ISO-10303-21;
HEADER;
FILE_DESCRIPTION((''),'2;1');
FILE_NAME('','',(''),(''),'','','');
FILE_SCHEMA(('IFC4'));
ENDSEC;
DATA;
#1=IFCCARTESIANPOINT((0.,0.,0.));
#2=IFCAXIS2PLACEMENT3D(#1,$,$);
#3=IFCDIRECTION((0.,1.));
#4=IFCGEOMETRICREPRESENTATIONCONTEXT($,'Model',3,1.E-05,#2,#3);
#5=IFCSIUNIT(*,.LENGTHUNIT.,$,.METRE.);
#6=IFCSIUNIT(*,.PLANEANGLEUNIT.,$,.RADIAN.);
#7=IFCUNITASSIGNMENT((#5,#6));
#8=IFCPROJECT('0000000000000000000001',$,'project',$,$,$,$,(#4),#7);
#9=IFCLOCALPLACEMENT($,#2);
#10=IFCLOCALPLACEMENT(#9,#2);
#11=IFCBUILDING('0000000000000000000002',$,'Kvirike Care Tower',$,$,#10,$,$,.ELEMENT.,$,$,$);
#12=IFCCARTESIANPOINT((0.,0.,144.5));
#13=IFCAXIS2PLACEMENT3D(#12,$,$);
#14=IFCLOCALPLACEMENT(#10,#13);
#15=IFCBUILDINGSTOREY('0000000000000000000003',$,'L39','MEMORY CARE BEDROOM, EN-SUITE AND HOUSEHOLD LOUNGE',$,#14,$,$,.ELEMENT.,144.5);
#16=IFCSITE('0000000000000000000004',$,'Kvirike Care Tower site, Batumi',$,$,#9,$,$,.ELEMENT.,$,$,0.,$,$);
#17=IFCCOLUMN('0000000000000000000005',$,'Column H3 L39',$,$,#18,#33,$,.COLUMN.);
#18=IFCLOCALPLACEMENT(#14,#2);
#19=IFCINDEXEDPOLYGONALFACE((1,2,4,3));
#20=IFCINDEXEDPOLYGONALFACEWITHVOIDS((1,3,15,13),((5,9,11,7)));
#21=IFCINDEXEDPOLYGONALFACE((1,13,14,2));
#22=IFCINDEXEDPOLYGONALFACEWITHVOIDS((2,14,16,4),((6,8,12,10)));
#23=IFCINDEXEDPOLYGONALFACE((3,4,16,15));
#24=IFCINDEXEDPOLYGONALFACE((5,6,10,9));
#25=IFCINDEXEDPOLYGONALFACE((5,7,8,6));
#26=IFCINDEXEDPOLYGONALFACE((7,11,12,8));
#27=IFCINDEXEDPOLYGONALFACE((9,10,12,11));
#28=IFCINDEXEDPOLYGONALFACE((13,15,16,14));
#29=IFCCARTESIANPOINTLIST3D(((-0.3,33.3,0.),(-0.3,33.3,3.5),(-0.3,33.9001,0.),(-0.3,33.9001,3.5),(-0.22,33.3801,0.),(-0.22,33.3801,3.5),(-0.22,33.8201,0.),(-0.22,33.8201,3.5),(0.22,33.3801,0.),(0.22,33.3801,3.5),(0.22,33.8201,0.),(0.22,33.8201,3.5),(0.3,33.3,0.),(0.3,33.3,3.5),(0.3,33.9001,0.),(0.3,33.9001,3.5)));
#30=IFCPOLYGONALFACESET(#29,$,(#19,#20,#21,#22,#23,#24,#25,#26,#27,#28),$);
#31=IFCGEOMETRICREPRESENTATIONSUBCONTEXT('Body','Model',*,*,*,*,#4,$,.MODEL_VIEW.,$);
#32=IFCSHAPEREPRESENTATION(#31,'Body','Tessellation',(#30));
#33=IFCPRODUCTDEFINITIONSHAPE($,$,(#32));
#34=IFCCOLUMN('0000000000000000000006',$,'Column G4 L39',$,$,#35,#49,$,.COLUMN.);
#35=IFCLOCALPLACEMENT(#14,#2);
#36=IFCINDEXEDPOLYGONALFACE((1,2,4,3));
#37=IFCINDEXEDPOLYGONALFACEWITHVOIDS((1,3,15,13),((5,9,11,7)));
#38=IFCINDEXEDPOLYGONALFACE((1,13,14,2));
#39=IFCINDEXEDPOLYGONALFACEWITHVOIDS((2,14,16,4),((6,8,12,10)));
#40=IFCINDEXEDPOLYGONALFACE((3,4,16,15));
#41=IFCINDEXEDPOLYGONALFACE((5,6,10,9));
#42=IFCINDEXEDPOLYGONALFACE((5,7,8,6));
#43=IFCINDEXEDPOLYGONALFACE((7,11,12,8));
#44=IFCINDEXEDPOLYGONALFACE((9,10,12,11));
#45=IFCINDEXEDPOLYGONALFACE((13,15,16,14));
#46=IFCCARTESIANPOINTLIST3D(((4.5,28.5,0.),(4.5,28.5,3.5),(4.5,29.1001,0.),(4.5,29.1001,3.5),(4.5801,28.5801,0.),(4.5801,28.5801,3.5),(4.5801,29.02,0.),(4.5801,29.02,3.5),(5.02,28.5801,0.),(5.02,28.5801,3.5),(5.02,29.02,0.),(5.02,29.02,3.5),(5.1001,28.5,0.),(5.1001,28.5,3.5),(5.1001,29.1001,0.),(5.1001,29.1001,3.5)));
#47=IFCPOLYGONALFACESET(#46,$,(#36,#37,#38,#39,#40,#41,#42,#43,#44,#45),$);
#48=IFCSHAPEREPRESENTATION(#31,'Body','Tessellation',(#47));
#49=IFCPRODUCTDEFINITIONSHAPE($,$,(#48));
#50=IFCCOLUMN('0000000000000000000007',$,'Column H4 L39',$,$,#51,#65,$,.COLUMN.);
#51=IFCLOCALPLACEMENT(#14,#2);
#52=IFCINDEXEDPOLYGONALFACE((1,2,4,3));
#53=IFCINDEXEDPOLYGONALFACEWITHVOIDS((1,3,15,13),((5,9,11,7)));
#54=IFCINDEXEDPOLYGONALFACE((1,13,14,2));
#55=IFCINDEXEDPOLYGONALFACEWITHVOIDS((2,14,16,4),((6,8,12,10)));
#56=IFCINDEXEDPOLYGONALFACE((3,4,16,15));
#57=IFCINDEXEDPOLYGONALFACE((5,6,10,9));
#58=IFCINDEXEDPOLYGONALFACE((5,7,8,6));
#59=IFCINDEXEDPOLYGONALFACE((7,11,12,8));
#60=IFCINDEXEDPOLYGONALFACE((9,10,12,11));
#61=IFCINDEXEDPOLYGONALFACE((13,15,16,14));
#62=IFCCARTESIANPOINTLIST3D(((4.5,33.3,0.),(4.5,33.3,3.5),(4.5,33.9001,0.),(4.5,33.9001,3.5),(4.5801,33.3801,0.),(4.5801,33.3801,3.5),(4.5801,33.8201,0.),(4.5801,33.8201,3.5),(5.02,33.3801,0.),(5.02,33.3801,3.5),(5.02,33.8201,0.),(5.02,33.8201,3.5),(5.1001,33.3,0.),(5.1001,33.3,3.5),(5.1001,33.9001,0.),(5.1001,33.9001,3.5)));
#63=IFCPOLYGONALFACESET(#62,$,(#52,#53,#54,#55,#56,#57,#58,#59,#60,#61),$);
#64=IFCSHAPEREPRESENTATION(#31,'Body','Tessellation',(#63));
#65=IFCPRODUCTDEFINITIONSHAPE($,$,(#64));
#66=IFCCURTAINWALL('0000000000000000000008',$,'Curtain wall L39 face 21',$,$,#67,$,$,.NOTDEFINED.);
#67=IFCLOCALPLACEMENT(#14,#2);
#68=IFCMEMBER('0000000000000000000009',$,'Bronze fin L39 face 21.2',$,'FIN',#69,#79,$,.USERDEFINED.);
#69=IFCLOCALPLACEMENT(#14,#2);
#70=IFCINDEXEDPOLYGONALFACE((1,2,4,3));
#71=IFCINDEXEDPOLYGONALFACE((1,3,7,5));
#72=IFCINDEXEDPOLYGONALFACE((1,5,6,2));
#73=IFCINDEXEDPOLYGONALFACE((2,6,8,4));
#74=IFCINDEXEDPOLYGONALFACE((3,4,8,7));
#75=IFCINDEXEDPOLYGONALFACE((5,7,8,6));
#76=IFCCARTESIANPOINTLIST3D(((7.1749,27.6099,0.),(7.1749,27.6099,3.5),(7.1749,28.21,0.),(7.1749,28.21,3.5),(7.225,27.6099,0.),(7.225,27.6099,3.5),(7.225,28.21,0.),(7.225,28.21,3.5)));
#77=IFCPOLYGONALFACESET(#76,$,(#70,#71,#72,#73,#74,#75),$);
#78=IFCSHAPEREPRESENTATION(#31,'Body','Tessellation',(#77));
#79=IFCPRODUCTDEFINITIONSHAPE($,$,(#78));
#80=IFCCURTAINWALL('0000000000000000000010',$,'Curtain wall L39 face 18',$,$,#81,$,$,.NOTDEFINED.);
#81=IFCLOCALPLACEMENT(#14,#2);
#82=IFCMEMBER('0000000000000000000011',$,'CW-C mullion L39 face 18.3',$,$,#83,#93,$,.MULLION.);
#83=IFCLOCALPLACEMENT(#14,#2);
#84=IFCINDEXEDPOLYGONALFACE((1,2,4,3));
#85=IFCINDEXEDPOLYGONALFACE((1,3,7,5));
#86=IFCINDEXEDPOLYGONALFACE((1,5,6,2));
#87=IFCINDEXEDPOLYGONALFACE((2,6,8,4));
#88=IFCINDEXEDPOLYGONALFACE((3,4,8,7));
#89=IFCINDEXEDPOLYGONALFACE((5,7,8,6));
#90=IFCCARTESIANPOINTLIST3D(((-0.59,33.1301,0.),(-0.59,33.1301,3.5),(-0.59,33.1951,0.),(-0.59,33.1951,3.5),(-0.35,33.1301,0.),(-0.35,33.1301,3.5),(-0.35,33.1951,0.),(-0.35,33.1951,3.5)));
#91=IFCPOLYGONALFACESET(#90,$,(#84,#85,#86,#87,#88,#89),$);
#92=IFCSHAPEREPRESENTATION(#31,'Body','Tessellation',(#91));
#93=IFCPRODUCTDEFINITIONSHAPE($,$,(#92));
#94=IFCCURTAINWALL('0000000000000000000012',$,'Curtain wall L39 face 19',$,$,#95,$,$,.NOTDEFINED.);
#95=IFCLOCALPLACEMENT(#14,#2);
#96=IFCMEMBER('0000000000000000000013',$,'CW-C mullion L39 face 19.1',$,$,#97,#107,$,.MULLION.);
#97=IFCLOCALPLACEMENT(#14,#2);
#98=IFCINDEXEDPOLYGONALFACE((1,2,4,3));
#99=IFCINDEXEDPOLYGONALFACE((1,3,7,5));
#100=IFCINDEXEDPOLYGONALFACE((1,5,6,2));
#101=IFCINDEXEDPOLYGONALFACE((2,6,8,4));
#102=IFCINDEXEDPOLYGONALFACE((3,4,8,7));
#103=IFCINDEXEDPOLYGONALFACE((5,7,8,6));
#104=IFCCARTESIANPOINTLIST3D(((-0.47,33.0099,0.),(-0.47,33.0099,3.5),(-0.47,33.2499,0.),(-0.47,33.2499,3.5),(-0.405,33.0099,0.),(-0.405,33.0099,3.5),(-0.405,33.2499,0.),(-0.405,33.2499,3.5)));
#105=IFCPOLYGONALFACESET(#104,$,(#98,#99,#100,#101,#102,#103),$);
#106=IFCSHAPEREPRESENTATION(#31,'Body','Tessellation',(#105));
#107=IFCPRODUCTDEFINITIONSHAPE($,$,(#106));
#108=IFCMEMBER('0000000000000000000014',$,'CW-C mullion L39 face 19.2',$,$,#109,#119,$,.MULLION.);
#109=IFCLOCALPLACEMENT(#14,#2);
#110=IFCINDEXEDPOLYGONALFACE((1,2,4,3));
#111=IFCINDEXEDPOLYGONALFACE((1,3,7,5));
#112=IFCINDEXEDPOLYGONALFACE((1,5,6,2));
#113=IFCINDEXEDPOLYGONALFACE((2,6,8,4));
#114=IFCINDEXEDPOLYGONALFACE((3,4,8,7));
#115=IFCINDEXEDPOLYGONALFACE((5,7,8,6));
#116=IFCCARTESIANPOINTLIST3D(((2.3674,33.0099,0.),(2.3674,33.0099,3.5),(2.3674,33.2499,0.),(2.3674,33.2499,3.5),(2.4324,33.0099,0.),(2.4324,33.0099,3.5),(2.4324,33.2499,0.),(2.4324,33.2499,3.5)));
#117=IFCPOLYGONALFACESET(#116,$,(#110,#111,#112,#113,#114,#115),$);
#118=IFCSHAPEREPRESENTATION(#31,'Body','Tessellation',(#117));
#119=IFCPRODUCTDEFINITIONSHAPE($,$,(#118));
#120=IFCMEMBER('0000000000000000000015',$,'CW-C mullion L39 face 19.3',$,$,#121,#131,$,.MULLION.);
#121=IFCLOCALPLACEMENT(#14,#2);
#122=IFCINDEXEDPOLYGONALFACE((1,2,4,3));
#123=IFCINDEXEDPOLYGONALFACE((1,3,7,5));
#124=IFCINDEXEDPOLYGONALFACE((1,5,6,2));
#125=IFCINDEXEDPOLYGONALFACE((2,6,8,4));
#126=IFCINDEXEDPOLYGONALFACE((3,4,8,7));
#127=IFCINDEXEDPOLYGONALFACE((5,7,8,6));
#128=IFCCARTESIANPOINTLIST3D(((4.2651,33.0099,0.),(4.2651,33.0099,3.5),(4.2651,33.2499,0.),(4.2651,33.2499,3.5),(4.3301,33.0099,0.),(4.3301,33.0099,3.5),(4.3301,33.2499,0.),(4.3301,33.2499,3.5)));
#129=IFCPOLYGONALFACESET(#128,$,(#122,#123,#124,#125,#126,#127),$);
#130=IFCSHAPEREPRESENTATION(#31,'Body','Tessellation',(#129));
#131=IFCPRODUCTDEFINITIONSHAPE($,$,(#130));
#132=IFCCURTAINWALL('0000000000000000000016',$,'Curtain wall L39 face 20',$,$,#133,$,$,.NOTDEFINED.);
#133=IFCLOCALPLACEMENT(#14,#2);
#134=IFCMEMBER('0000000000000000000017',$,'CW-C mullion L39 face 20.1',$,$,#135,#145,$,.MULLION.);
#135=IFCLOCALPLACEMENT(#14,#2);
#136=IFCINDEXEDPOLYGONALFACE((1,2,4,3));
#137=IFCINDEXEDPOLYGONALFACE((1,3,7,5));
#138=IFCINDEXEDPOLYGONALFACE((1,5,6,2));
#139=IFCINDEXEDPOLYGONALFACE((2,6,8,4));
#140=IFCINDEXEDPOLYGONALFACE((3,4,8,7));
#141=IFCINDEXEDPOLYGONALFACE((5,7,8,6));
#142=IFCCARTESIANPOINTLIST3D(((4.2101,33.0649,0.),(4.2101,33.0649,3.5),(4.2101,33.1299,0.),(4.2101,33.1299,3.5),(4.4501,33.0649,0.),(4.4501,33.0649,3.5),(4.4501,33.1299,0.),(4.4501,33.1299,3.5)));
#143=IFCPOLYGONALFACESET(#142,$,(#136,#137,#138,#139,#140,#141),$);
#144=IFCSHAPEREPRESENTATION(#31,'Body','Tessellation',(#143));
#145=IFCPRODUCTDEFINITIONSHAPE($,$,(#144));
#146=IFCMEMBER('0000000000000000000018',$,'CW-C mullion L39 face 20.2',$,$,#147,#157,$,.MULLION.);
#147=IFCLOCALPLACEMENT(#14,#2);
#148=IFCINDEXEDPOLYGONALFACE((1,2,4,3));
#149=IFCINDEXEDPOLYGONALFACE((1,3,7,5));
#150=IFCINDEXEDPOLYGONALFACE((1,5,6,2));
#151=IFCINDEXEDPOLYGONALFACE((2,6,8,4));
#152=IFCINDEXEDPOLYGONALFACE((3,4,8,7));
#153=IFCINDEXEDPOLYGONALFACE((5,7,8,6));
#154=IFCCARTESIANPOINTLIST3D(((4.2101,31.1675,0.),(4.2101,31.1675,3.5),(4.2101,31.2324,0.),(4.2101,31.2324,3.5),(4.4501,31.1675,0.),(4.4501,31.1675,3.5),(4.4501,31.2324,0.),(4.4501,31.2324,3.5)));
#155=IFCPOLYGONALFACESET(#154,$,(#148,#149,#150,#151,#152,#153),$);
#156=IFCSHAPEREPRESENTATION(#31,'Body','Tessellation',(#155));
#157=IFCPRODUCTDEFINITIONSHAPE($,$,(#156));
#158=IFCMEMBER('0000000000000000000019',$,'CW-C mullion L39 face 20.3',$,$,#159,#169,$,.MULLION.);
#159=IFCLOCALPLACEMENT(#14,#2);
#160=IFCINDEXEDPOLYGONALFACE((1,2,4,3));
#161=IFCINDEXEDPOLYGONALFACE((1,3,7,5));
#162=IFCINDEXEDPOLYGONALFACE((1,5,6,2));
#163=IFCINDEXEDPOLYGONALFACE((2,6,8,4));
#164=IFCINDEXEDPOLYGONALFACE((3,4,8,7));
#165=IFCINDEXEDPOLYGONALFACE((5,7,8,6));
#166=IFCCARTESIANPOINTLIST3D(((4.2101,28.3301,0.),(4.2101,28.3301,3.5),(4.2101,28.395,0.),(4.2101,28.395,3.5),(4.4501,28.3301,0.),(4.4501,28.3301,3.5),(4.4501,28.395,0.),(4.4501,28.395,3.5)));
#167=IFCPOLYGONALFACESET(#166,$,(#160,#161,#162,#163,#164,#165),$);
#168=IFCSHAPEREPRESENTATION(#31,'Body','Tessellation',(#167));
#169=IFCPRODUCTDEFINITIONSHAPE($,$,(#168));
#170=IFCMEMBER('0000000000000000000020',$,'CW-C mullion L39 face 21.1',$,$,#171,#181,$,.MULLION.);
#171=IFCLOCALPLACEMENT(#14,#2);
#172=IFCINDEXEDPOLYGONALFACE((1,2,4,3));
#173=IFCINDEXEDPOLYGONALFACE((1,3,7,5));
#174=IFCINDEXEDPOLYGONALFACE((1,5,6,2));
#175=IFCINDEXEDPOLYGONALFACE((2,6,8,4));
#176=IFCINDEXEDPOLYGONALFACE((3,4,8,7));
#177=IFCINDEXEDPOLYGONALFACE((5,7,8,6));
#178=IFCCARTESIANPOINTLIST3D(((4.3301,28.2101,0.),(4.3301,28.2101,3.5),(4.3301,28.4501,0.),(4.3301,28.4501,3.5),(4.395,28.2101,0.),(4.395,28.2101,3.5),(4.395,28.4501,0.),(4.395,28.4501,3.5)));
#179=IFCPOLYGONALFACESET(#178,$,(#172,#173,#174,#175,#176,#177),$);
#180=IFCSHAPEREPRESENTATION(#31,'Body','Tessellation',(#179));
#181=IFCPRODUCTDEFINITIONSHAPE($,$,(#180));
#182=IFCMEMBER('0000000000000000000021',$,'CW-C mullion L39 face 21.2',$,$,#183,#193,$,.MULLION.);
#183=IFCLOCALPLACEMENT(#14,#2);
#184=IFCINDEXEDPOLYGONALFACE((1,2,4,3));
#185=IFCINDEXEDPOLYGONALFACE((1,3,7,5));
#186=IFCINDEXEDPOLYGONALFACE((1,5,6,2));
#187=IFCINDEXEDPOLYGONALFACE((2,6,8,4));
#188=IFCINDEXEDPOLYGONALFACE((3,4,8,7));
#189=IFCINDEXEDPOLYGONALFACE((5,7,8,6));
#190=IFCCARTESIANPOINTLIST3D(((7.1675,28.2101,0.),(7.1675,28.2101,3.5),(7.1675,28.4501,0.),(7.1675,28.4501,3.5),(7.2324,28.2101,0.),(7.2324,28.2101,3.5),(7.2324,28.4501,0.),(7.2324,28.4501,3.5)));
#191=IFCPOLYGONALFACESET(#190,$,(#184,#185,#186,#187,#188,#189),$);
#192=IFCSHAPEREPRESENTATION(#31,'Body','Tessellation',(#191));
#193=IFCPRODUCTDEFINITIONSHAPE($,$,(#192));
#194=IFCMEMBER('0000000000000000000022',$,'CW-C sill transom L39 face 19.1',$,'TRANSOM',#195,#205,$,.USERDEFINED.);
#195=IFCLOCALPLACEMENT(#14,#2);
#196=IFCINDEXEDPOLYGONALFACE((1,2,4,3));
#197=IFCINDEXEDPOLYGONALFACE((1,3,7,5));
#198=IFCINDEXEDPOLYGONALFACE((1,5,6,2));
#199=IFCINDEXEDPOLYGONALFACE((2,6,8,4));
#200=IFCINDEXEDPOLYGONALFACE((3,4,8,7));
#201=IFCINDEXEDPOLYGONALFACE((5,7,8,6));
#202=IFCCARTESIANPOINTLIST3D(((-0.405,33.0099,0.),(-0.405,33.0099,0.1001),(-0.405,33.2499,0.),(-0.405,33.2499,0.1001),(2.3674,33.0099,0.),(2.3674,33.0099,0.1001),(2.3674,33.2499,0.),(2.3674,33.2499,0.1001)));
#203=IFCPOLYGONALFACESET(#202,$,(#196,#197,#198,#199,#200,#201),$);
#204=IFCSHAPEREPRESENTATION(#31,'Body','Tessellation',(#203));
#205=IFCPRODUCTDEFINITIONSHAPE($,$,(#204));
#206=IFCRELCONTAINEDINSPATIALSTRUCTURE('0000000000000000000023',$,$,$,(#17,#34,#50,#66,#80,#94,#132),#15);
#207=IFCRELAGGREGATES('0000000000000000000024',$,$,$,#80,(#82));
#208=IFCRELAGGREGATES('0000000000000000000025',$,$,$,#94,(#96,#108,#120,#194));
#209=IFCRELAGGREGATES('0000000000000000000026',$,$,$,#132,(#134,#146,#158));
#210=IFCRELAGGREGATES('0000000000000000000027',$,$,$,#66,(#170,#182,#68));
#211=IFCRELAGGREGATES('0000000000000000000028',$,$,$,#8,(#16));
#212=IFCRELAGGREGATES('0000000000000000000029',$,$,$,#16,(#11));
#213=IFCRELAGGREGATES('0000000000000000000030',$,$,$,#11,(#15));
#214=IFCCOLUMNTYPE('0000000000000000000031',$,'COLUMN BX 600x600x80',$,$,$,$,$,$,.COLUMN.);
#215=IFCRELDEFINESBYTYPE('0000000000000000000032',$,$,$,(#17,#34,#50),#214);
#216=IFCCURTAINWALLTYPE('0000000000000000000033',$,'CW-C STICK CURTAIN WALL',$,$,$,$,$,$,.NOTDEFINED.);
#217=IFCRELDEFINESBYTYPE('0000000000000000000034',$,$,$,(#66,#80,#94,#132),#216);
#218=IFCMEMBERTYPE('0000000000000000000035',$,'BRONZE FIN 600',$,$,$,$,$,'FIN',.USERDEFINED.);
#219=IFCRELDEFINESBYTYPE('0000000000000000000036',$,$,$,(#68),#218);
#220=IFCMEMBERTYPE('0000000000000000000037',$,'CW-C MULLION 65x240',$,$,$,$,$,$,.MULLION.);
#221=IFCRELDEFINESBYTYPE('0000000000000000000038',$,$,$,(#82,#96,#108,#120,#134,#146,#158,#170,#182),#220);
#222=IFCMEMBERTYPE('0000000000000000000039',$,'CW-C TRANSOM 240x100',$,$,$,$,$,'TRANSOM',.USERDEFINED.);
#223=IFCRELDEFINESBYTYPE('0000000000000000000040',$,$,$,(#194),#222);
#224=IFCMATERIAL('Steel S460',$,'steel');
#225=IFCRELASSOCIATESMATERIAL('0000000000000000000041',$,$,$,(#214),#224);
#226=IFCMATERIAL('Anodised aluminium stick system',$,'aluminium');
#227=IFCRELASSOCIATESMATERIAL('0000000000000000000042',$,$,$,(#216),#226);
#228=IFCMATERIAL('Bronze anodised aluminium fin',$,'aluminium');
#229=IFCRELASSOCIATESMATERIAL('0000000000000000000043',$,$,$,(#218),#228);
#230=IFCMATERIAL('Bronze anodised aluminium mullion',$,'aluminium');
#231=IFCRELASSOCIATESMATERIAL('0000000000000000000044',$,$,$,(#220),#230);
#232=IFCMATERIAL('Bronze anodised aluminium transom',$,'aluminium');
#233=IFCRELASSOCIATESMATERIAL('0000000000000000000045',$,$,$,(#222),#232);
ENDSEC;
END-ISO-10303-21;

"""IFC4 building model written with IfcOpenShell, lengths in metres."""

from ifc_helpers import new_model, si_unit, direction, frame, origin, origin_2d, place, context, subcontext, project, spatial, rectangle, hollow_rectangle, extrude, material, material_profile, profile_set, type_object, element, aggregate, save


model = new_model("IFC4")

# Units and contexts
model_context = context("Model", 3, precision=1e-05, world=origin(), true_north=direction((0.0, 1.0)))
body_context = subcontext(model_context, "Body", "Model", "MODEL_VIEW")
ifc_project = project(units=[si_unit("LENGTHUNIT", "METRE"), si_unit("PLANEANGLEUNIT", "RADIAN")], contexts=[model_context])

# Site, building, storey
site_placement = place(None, origin())
site = spatial("IfcSite", under=ifc_project, at=site_placement, Name="Kvirike Care Tower site, Batumi", CompositionType="ELEMENT", RefElevation=0.0)
building_placement = place(site_placement, origin())
building = spatial("IfcBuilding", under=site, at=building_placement, Name="Kvirike Care Tower", CompositionType="ELEMENT")
storey_placement = place(building_placement, frame((0.0, 0.0, 144.5)))
storey = spatial("IfcBuildingStorey", under=building, at=storey_placement, Name="L39", Description="MEMORY CARE BEDROOM, EN-SUITE AND HOUSEHOLD LOUNGE", CompositionType="ELEMENT", Elevation=144.5)

# Columns
ifc_material_1 = material(Name="Steel S460", Category="steel")
ifc_material_profile_1 = material_profile(ifc_material_1, hollow_rectangle(XDim=0.6001, YDim=0.6001, WallThickness=0.0801, at=origin_2d()), Name="BX 600x600x80")
ifc_profile_set_1 = profile_set([ifc_material_profile_1], Name="Steel S460")
column_type = type_object("IfcColumnType", Name="COLUMN BX 600x600x80", PredefinedType="COLUMN", material=ifc_profile_set_1)
for number, where, z_axis, x_axis, name in (
    (1, (0.0, 33.6001, 0.0), (0.0, 0.0, 1.0), (0.0, 1.0, 0.0), "Column H3 L39"),
    (2, (4.8, 28.8, 0.0), (0.0, 0.0, 1.0), (0.0, 1.0, 0.0), "Column G4 L39"),
    (3, (4.8, 33.6001, 0.0), (0.0, 0.0, 1.0), (0.0, 1.0, 0.0), "Column H4 L39"),
):
    element("IfcColumn", number, at=place(storey_placement, frame(where, z_axis=z_axis, x_axis=x_axis)), inside=storey, type_object=column_type, Name=name, PredefinedType="COLUMN", context=body_context, shape_type="SweptSolid", body=[
        extrude(hollow_rectangle(XDim=0.6001, YDim=0.6001, WallThickness=0.0801, at=origin_2d()), origin(), (0.0, 0.0, 1.0), 3.5),
    ])

# Curtain walls, members
ifc_material_2 = material(Name="Anodised aluminium stick system", Category="aluminium")
curtain_wall_type = type_object("IfcCurtainWallType", Name="CW-C STICK CURTAIN WALL", PredefinedType="NOTDEFINED", material=ifc_material_2)
curtain_wall_1_placement = place(storey_placement, origin())
curtain_wall_1 = element("IfcCurtainWall", 4, at=curtain_wall_1_placement, inside=storey, type_object=curtain_wall_type, Name="Curtain wall L39 face 21", PredefinedType="NOTDEFINED")
ifc_material_3 = material(Name="Bronze anodised aluminium fin", Category="aluminium")
ifc_material_profile_2 = material_profile(ifc_material_3, rectangle(XDim=0.05, YDim=0.6001, at=origin_2d()), Name="BRONZE FIN 600")
ifc_profile_set_2 = profile_set([ifc_material_profile_2], Name="Bronze anodised aluminium fin")
member_type_1 = type_object("IfcMemberType", Name="BRONZE FIN 600", ElementType="FIN", PredefinedType="USERDEFINED", material=ifc_profile_set_2)
member_1_placement = place(storey_placement, frame((7.2, 27.9099, 0.0), z_axis=(0.0, 0.0, 1.0), x_axis=(1.0, 0.0, 0.0)))
member_1 = element("IfcMember", 5, at=member_1_placement, type_object=member_type_1, Name="Bronze fin L39 face 21.2", ObjectType="FIN", PredefinedType="USERDEFINED", context=body_context, shape_type="SweptSolid", body=[
    extrude(rectangle(XDim=0.05, YDim=0.6001, at=origin_2d()), origin(), (0.0, 0.0, 1.0), 3.5),
])
curtain_wall_2_placement = place(storey_placement, origin())
curtain_wall_2 = element("IfcCurtainWall", 6, at=curtain_wall_2_placement, inside=storey, type_object=curtain_wall_type, Name="Curtain wall L39 face 18", PredefinedType="NOTDEFINED")
ifc_material_4 = material(Name="Bronze anodised aluminium mullion", Category="aluminium")
ifc_material_profile_3 = material_profile(ifc_material_4, rectangle(XDim=0.0649, YDim=0.24, at=origin_2d()), Name="CW-C MULLION 65x240")
ifc_profile_set_3 = profile_set([ifc_material_profile_3], Name="Bronze anodised aluminium mullion")
member_type_2 = type_object("IfcMemberType", Name="CW-C MULLION 65x240", PredefinedType="MULLION", material=ifc_profile_set_3)
member_2_placement = place(storey_placement, frame((-0.47, 33.1626, 0.0), z_axis=(0.0, 0.0, 1.0), x_axis=(0.0, -1.0, 0.0)))
member_2 = element("IfcMember", 7, at=member_2_placement, type_object=member_type_2, Name="CW-C mullion L39 face 18.3", PredefinedType="MULLION", context=body_context, shape_type="SweptSolid", body=[
    extrude(rectangle(XDim=0.0649, YDim=0.24, at=origin_2d()), origin(), (0.0, 0.0, 1.0), 3.5),
])
aggregate(curtain_wall_2, [member_2])

# Curtain walls, members
curtain_wall_3_placement = place(storey_placement, origin())
curtain_wall_3 = element("IfcCurtainWall", 8, at=curtain_wall_3_placement, inside=storey, type_object=curtain_wall_type, Name="Curtain wall L39 face 19", PredefinedType="NOTDEFINED")
member_3_placement = place(storey_placement, frame((-0.4375, 33.1299, 0.0), z_axis=(0.0, 0.0, 1.0), x_axis=(1.0, 0.0, 0.0)))
member_3 = element("IfcMember", 9, at=member_3_placement, type_object=member_type_2, Name="CW-C mullion L39 face 19.1", PredefinedType="MULLION", context=body_context, shape_type="SweptSolid", body=[
    extrude(rectangle(XDim=0.0649, YDim=0.24, at=origin_2d()), origin(), (0.0, 0.0, 1.0), 3.5),
])
member_4_placement = place(storey_placement, frame((2.3999, 33.1299, 0.0), z_axis=(0.0, 0.0, 1.0), x_axis=(1.0, 0.0, 0.0)))
member_4 = element("IfcMember", 10, at=member_4_placement, type_object=member_type_2, Name="CW-C mullion L39 face 19.2", PredefinedType="MULLION", context=body_context, shape_type="SweptSolid", body=[
    extrude(rectangle(XDim=0.0649, YDim=0.24, at=origin_2d()), origin(), (0.0, 0.0, 1.0), 3.5),
])
member_5_placement = place(storey_placement, frame((4.2976, 33.1299, 0.0), z_axis=(0.0, 0.0, 1.0), x_axis=(1.0, 0.0, 0.0)))
member_5 = element("IfcMember", 11, at=member_5_placement, type_object=member_type_2, Name="CW-C mullion L39 face 19.3", PredefinedType="MULLION", context=body_context, shape_type="SweptSolid", body=[
    extrude(rectangle(XDim=0.0649, YDim=0.24, at=origin_2d()), origin(), (0.0, 0.0, 1.0), 3.5),
])
curtain_wall_4_placement = place(storey_placement, origin())
curtain_wall_4 = element("IfcCurtainWall", 12, at=curtain_wall_4_placement, inside=storey, type_object=curtain_wall_type, Name="Curtain wall L39 face 20", PredefinedType="NOTDEFINED")
member_6_placement = place(storey_placement, frame((4.3301, 33.0974, 0.0), z_axis=(0.0, 0.0, 1.0), x_axis=(0.0, -1.0, 0.0)))
member_6 = element("IfcMember", 13, at=member_6_placement, type_object=member_type_2, Name="CW-C mullion L39 face 20.1", PredefinedType="MULLION", context=body_context, shape_type="SweptSolid", body=[
    extrude(rectangle(XDim=0.0649, YDim=0.24, at=origin_2d()), origin(), (0.0, 0.0, 1.0), 3.5),
])
member_7_placement = place(storey_placement, frame((4.3301, 31.2, 0.0), z_axis=(0.0, 0.0, 1.0), x_axis=(0.0, -1.0, 0.0)))
member_7 = element("IfcMember", 14, at=member_7_placement, type_object=member_type_2, Name="CW-C mullion L39 face 20.2", PredefinedType="MULLION", context=body_context, shape_type="SweptSolid", body=[
    extrude(rectangle(XDim=0.0649, YDim=0.24, at=origin_2d()), origin(), (0.0, 0.0, 1.0), 3.5),
])
member_8_placement = place(storey_placement, frame((4.3301, 28.3625, 0.0), z_axis=(0.0, 0.0, 1.0), x_axis=(0.0, -1.0, 0.0)))
member_8 = element("IfcMember", 15, at=member_8_placement, type_object=member_type_2, Name="CW-C mullion L39 face 20.3", PredefinedType="MULLION", context=body_context, shape_type="SweptSolid", body=[
    extrude(rectangle(XDim=0.0649, YDim=0.24, at=origin_2d()), origin(), (0.0, 0.0, 1.0), 3.5),
])

# Members
member_9_placement = place(storey_placement, frame((4.3625, 28.3301, 0.0), z_axis=(0.0, 0.0, 1.0), x_axis=(1.0, 0.0, 0.0)))
member_9 = element("IfcMember", 16, at=member_9_placement, type_object=member_type_2, Name="CW-C mullion L39 face 21.1", PredefinedType="MULLION", context=body_context, shape_type="SweptSolid", body=[
    extrude(rectangle(XDim=0.0649, YDim=0.24, at=origin_2d()), origin(), (0.0, 0.0, 1.0), 3.5),
])
member_10_placement = place(storey_placement, frame((7.2, 28.3301, 0.0), z_axis=(0.0, 0.0, 1.0), x_axis=(1.0, 0.0, 0.0)))
member_10 = element("IfcMember", 17, at=member_10_placement, type_object=member_type_2, Name="CW-C mullion L39 face 21.2", PredefinedType="MULLION", context=body_context, shape_type="SweptSolid", body=[
    extrude(rectangle(XDim=0.0649, YDim=0.24, at=origin_2d()), origin(), (0.0, 0.0, 1.0), 3.5),
])
ifc_material_5 = material(Name="Bronze anodised aluminium transom", Category="aluminium")
ifc_material_profile_4 = material_profile(ifc_material_5, rectangle(XDim=0.24, YDim=0.1001, at=origin_2d()), Name="CW-C TRANSOM 240x100")
ifc_profile_set_4 = profile_set([ifc_material_profile_4], Name="Bronze anodised aluminium transom")
member_type_3 = type_object("IfcMemberType", Name="CW-C TRANSOM 240x100", ElementType="TRANSOM", PredefinedType="USERDEFINED", material=ifc_profile_set_4)
member_11_placement = place(storey_placement, frame((-0.405, 33.1299, 0.05), z_axis=(1.0, 0.0, 0.0), x_axis=(0.0, 1.0, 0.0)))
member_11 = element("IfcMember", 18, at=member_11_placement, type_object=member_type_3, Name="CW-C sill transom L39 face 19.1", ObjectType="TRANSOM", PredefinedType="USERDEFINED", context=body_context, shape_type="SweptSolid", body=[
    extrude(rectangle(XDim=0.24, YDim=0.1001, at=origin_2d()), origin(), (0.0, 0.0, 1.0), 2.7725),
])

aggregate(curtain_wall_3, [member_3, member_4, member_5, member_11])
aggregate(curtain_wall_4, [member_6, member_7, member_8])
aggregate(curtain_wall_1, [member_9, member_10, member_1])

save(model, "model.ifc")
